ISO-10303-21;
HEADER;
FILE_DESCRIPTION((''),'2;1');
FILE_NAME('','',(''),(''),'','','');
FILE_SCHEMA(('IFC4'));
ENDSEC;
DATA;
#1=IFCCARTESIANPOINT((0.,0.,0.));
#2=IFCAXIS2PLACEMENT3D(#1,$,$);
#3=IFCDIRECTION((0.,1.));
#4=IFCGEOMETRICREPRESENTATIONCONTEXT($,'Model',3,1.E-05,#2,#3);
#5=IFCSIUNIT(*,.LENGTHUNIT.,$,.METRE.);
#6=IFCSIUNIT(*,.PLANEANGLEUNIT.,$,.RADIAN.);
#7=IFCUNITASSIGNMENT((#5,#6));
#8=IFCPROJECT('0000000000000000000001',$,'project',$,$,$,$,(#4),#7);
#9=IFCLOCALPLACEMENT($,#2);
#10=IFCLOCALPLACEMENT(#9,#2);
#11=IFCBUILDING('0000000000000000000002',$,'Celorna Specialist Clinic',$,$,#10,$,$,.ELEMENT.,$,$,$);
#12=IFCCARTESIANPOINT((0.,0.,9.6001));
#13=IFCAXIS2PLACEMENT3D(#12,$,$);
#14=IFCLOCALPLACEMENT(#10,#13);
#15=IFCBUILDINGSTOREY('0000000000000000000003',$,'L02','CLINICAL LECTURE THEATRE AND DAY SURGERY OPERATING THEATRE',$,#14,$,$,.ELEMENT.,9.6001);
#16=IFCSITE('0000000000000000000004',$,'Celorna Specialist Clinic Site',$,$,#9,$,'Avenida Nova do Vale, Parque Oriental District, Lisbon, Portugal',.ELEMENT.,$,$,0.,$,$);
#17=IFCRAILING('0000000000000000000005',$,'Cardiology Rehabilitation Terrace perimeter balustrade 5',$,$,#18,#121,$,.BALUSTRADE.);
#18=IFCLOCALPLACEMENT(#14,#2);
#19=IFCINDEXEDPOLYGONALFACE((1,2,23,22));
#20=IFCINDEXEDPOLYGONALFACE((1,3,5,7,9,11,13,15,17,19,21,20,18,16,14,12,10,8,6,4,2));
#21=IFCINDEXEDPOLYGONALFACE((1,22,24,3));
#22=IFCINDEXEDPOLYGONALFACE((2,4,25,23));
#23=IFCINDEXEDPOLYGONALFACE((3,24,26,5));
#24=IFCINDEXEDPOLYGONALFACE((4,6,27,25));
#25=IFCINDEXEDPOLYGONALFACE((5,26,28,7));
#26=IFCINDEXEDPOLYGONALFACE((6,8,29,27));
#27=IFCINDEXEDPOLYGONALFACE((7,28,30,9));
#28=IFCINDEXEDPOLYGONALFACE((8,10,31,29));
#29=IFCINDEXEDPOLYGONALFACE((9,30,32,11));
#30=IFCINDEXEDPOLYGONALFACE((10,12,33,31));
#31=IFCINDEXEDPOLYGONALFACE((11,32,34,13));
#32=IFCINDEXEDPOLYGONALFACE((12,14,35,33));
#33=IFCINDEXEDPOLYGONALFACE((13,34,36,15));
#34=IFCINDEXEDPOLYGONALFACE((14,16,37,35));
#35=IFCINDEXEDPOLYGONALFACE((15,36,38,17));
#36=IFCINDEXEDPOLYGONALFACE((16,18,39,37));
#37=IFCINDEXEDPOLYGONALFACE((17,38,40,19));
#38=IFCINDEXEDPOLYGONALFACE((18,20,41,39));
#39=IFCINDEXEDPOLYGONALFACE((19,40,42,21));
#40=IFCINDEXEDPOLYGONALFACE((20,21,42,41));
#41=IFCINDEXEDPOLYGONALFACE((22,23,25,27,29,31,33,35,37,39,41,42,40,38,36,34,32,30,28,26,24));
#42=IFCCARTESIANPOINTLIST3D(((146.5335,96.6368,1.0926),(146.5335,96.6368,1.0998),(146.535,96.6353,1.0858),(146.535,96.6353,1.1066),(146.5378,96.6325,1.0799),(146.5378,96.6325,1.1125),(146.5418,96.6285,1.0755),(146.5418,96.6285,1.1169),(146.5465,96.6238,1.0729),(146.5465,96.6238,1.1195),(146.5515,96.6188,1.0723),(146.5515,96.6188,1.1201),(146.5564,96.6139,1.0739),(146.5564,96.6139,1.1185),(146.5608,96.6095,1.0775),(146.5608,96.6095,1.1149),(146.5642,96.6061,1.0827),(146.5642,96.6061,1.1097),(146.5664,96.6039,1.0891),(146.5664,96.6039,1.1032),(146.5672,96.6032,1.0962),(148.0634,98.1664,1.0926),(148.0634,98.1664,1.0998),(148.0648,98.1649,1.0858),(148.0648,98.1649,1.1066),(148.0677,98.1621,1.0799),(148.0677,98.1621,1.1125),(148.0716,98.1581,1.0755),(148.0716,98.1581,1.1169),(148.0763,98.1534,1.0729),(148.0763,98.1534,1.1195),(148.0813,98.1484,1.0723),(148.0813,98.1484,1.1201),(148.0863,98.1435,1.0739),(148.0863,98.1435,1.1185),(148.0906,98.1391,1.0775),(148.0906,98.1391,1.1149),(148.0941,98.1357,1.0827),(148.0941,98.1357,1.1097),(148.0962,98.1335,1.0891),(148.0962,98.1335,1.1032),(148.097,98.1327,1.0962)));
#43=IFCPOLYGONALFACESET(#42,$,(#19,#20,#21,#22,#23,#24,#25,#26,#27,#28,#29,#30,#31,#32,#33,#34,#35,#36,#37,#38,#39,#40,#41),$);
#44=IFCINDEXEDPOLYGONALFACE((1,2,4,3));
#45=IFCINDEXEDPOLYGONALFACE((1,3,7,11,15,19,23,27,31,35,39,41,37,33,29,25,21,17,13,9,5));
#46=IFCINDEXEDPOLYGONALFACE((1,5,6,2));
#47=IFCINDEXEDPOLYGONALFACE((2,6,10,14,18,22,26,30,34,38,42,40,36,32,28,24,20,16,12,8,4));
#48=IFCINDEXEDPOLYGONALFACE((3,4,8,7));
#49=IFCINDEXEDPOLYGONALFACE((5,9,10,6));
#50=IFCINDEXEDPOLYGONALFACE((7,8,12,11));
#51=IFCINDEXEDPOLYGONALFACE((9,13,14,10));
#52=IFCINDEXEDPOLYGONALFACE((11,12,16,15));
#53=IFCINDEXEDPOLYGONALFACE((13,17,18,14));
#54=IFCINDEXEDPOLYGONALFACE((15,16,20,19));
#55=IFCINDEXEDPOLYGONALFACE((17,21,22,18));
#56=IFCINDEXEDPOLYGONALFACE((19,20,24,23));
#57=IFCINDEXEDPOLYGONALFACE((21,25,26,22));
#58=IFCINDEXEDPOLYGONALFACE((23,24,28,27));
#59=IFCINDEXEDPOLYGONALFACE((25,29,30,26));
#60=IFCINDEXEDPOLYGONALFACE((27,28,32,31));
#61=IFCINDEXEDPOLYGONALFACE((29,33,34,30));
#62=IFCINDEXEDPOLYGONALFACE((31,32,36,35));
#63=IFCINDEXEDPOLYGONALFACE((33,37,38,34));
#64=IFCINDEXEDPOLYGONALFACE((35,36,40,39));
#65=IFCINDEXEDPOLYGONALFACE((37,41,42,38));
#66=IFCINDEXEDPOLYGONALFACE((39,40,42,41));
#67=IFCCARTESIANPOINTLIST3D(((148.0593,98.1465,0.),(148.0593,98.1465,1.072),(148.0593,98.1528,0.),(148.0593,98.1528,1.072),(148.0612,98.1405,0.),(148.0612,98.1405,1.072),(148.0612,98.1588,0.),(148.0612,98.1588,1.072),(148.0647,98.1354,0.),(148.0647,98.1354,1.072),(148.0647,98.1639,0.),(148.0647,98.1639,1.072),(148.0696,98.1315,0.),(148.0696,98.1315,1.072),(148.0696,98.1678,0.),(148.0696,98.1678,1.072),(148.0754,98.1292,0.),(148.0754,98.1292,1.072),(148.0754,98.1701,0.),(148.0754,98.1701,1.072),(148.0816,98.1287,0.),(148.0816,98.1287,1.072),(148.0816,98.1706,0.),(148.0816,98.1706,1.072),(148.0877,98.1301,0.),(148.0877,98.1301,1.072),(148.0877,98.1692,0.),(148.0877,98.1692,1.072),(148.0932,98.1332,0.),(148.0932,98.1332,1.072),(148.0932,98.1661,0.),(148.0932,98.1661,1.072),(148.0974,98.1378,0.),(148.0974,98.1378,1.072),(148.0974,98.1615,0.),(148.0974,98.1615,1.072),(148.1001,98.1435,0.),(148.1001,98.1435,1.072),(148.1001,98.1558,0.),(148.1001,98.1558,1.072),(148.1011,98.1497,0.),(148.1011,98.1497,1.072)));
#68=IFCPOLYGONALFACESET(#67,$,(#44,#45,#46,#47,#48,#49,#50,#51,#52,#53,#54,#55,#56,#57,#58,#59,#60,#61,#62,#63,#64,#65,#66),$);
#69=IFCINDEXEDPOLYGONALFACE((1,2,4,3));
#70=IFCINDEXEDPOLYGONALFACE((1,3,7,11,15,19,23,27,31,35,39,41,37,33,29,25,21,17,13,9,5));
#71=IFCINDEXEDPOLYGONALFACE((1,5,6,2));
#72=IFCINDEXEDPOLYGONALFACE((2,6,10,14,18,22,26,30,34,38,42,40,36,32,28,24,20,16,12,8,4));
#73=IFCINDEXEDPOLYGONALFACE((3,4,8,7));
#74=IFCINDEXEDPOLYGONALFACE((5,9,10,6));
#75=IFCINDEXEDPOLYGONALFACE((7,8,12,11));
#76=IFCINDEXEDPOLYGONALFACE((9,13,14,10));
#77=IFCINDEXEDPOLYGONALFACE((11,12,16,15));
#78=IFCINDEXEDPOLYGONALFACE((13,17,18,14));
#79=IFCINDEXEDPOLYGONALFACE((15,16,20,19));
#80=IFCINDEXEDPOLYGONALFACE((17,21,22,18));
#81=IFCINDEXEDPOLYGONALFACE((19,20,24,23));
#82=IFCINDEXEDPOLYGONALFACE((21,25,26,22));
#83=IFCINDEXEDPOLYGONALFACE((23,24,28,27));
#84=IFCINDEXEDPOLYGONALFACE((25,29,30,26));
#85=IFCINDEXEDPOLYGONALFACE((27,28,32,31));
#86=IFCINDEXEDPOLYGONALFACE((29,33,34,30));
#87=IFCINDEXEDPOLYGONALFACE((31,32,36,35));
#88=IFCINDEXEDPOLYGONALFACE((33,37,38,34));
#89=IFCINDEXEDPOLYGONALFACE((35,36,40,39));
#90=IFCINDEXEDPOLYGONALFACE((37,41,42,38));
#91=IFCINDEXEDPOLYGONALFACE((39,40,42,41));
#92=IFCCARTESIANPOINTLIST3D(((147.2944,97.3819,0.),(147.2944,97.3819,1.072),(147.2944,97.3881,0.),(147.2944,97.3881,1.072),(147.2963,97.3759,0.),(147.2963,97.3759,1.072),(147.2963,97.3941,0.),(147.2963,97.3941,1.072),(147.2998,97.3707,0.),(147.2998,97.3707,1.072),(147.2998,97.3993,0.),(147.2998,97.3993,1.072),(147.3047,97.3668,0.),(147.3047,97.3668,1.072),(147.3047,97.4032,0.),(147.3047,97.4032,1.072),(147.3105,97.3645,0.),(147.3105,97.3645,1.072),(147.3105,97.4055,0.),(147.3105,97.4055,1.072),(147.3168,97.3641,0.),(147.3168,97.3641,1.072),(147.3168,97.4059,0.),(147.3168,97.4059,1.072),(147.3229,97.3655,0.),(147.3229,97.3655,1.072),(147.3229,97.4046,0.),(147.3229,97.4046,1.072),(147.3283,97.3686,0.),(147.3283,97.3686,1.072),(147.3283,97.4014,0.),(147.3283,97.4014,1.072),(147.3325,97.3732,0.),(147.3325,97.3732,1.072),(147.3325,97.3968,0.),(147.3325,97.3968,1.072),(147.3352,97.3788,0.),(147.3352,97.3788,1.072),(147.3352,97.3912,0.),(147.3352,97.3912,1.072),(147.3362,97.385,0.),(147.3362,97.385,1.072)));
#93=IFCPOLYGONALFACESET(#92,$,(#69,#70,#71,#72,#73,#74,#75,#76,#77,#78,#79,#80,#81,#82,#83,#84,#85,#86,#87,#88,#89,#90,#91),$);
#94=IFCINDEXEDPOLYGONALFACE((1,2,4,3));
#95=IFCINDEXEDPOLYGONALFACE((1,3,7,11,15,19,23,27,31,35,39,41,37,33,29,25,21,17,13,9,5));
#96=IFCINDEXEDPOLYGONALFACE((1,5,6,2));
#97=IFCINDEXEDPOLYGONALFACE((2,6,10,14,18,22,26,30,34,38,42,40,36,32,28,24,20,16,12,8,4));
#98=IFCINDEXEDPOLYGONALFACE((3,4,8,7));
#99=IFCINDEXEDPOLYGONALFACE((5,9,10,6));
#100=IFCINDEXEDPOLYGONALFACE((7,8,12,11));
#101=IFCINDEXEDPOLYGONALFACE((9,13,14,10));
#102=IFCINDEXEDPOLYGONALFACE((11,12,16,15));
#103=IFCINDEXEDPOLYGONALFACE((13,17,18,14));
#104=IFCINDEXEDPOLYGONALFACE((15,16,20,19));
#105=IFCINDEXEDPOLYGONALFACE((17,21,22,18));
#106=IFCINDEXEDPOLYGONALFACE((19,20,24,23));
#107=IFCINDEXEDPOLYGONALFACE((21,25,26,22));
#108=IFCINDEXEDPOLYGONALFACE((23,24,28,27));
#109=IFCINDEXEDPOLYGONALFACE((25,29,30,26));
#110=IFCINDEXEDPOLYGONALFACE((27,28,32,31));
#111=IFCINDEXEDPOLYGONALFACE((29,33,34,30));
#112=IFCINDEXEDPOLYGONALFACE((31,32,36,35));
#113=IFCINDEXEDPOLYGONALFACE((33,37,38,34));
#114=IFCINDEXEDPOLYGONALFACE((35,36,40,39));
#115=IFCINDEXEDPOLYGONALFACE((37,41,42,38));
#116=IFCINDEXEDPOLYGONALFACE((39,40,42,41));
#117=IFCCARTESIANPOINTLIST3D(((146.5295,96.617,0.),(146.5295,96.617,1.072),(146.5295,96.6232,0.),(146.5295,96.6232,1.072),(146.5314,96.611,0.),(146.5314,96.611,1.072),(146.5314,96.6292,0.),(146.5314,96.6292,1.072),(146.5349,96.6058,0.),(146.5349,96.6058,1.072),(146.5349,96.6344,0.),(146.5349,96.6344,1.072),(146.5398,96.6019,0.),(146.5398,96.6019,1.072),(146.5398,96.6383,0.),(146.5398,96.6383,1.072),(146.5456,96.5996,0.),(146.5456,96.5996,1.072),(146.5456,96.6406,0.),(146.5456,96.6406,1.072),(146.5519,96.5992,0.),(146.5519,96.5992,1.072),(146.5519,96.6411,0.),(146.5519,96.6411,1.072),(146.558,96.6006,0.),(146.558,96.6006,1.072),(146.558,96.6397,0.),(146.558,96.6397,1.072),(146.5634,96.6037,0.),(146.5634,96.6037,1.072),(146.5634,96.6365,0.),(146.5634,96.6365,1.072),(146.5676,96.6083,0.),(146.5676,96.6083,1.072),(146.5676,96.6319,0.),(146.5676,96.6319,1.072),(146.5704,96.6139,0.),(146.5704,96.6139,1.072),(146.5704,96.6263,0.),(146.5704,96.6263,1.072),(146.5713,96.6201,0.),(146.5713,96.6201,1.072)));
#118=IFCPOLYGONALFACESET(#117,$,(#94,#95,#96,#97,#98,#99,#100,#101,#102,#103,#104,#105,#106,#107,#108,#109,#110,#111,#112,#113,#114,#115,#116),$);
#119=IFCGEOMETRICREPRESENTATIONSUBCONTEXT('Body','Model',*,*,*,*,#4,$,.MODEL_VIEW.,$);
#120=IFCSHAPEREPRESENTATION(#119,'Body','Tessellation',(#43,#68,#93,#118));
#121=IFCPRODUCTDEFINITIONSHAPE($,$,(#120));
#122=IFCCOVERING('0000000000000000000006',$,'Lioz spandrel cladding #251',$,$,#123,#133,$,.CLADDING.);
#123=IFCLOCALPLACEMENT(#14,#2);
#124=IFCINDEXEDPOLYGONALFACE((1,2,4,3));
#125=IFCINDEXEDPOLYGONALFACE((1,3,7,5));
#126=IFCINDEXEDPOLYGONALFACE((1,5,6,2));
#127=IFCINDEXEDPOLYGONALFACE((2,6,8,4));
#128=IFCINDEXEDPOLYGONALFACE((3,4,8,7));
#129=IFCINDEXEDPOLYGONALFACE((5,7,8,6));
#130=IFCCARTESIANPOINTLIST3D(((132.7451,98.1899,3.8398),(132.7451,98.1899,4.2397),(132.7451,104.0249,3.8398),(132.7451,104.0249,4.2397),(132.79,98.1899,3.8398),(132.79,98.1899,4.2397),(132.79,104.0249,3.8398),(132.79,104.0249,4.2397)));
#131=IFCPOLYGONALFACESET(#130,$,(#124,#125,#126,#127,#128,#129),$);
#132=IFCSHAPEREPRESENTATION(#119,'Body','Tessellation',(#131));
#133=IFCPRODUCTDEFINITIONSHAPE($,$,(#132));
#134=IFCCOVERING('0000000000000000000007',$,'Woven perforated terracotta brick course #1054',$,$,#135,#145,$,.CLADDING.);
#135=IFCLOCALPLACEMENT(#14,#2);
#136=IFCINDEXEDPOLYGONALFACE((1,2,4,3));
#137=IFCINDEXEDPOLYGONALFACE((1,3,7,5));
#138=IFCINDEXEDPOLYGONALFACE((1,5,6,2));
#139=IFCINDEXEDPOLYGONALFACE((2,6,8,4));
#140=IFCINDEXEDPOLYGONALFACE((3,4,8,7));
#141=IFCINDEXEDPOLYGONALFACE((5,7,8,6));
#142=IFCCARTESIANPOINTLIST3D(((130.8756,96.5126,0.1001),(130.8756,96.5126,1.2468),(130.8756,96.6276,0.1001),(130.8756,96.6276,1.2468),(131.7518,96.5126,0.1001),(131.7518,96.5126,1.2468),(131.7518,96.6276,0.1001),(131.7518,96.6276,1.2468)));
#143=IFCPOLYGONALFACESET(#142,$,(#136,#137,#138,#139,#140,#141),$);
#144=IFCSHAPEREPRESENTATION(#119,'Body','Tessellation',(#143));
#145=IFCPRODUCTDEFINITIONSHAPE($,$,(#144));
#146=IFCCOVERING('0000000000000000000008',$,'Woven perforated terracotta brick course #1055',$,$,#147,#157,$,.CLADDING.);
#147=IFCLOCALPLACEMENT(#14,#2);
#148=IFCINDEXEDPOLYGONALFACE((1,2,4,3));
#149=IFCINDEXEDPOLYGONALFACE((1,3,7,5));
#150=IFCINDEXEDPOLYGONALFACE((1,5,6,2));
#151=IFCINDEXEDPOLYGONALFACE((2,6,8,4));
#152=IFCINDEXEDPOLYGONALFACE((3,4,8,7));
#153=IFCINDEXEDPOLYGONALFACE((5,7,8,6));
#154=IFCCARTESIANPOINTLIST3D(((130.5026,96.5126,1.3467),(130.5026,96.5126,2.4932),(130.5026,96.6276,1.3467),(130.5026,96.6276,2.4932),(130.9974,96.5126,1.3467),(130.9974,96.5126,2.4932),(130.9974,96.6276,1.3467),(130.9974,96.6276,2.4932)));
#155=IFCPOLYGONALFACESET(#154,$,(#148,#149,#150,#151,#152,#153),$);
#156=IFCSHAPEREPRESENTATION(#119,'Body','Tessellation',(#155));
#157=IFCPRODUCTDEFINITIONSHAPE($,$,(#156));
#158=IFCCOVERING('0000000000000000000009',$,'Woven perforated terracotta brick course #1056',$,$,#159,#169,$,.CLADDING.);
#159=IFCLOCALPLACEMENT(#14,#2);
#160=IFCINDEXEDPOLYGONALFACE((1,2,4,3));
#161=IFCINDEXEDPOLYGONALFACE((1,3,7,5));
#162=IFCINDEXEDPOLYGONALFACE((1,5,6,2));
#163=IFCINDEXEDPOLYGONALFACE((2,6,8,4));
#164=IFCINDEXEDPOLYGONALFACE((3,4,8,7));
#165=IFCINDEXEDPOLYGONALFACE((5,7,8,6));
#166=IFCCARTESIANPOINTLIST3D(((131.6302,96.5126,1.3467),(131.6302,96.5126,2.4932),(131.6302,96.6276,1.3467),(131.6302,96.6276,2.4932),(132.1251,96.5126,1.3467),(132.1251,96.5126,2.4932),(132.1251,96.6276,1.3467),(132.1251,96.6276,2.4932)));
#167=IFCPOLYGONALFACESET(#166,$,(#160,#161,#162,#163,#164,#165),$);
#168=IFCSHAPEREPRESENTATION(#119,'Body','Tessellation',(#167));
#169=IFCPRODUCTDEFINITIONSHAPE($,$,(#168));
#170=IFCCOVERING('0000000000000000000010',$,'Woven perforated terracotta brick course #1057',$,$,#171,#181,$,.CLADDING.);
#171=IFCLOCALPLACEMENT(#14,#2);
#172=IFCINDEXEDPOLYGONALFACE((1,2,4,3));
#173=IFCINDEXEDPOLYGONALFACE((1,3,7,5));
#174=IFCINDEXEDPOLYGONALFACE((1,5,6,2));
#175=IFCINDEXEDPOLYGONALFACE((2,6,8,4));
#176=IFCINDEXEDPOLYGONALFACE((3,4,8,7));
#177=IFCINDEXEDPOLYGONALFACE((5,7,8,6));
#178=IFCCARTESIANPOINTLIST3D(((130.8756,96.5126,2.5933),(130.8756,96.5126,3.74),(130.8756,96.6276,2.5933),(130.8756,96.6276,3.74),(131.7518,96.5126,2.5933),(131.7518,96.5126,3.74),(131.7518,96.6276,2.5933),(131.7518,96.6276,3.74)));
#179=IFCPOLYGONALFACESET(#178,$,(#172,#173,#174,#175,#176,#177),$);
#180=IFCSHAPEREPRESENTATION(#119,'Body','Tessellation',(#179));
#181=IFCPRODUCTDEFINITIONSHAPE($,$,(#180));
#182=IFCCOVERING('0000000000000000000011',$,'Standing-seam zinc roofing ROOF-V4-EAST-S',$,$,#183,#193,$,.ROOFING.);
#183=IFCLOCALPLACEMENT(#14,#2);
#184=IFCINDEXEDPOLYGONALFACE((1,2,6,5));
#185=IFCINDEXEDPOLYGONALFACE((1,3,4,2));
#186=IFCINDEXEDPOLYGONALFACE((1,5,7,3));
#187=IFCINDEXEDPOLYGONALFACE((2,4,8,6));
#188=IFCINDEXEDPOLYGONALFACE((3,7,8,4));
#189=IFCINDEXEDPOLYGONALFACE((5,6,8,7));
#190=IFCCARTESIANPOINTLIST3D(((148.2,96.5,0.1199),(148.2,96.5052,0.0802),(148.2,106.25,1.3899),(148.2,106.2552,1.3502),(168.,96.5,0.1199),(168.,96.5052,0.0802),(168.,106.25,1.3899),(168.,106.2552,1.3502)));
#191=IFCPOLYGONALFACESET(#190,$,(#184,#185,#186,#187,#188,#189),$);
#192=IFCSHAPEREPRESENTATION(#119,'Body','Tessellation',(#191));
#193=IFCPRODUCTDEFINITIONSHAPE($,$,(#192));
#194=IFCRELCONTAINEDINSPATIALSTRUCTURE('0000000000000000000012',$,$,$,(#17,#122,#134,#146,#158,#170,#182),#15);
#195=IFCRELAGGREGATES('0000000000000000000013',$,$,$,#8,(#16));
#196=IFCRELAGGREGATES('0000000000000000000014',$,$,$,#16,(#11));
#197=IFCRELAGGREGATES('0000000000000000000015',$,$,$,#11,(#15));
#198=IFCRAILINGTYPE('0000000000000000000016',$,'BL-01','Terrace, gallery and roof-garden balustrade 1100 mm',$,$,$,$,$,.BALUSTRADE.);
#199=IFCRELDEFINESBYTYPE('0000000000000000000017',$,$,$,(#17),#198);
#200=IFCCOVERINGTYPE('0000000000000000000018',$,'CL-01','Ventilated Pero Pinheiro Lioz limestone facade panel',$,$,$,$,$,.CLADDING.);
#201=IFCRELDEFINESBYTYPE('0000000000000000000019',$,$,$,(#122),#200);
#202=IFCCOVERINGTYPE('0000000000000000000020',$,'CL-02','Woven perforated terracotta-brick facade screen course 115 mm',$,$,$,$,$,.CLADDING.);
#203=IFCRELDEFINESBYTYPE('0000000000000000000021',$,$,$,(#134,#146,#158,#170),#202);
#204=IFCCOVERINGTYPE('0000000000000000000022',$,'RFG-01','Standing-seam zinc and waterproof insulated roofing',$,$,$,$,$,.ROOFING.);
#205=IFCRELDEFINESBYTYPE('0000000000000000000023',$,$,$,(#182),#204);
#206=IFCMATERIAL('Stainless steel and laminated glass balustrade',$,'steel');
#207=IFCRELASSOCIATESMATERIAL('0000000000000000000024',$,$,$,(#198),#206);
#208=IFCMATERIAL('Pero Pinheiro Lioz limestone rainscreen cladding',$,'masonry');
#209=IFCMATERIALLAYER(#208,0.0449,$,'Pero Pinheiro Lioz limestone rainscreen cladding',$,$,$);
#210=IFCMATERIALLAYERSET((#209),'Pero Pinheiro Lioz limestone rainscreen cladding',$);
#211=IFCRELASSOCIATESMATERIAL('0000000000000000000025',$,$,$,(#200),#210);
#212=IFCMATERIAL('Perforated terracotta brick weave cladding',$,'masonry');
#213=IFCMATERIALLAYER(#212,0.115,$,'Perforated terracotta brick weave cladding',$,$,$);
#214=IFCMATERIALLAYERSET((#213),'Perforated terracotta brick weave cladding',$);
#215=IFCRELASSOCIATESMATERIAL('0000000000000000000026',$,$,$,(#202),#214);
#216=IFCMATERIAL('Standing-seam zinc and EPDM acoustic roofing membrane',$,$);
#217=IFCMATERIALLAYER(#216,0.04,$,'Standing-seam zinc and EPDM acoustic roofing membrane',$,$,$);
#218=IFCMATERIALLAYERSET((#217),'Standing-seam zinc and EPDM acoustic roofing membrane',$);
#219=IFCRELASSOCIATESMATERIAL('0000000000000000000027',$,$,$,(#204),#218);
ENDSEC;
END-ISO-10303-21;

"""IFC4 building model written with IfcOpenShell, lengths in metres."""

from ifc_helpers import new_model, si_unit, direction, frame, origin, origin_2d, place, context, subcontext, project, spatial, polyline, rectangle, circle, outline, extrude, material, layer, layer_set, type_object, element, save


model = new_model("IFC4")

# Units and contexts
model_context = context("Model", 3, precision=1e-05, world=origin(), true_north=direction((0.0, 1.0)))
body_context = subcontext(model_context, "Body", "Model", "MODEL_VIEW")
ifc_project = project(units=[si_unit("LENGTHUNIT", "METRE"), si_unit("PLANEANGLEUNIT", "RADIAN")], contexts=[model_context])

# Site, building, storey
site_placement = place(None, origin())
site = spatial("IfcSite", under=ifc_project, at=site_placement, Name="Celorna Specialist Clinic Site", LongName="Avenida Nova do Vale, Parque Oriental District, Lisbon, Portugal", CompositionType="ELEMENT", RefElevation=0.0)
building_placement = place(site_placement, origin())
building = spatial("IfcBuilding", under=site, at=building_placement, Name="Celorna Specialist Clinic", CompositionType="ELEMENT")
storey_placement = place(building_placement, frame((0.0, 0.0, 9.6001)))
storey = spatial("IfcBuildingStorey", under=building, at=storey_placement, Name="L02", Description="CLINICAL LECTURE THEATRE AND DAY SURGERY OPERATING THEATRE", CompositionType="ELEMENT", Elevation=9.6001)

# Railing
ifc_material_1 = material(Name="Stainless steel and laminated glass balustrade", Category="steel")
railing_type = type_object("IfcRailingType", Name="BL-01", Description="Terrace, gallery and roof-garden balustrade 1100 mm", PredefinedType="BALUSTRADE", material=ifc_material_1)
railing_1_placement = place(storey_placement, frame((148.0801, 98.1497, 0.0)))
element("IfcRailing", 1, at=railing_1_placement, inside=storey, type_object=railing_type, Name="Cardiology Rehabilitation Terrace perimeter balustrade 5", PredefinedType="BALUSTRADE", context=body_context, shape_type="SweptSolid", body=[
    extrude(circle(Radius=0.0239, at=origin_2d()), frame((0.0, 0.0, 1.0962), z_axis=(-0.707163, -0.70705, 0.0), x_axis=(0.70705, -0.707163, 0.0)), (0.0, 0.0, 1.0), 2.1633),
    extrude(circle(Radius=0.021, at=origin_2d()), origin(), (0.0, 0.0, 1.0), 1.072),
    extrude(circle(Radius=0.021, at=origin_2d()), frame((-0.7649, -0.7646, 0.0)), (0.0, 0.0, 1.0), 1.072),
    extrude(circle(Radius=0.021, at=origin_2d()), frame((-1.5298, -1.5295, 0.0)), (0.0, 0.0, 1.0), 1.072),
])

# Coverings
ifc_material_2 = material(Name="Pero Pinheiro Lioz limestone rainscreen cladding", Category="masonry")
ifc_layer_1 = layer(ifc_material_2, 0.0449, Name="Pero Pinheiro Lioz limestone rainscreen cladding")
ifc_layer_set_1 = layer_set([ifc_layer_1], Name="Pero Pinheiro Lioz limestone rainscreen cladding")
covering_type_1 = type_object("IfcCoveringType", Name="CL-01", Description="Ventilated Pero Pinheiro Lioz limestone facade panel", PredefinedType="CLADDING", material=ifc_layer_set_1)
covering_1_placement = place(storey_placement, frame((132.7676, 101.1074, 3.8398), z_axis=(0.0, 0.0, 1.0), x_axis=(0.0, -1.0, 0.0)))
element("IfcCovering", 2, at=covering_1_placement, inside=storey, type_object=covering_type_1, Name="Lioz spandrel cladding #251", PredefinedType="CLADDING", context=body_context, shape_type="SweptSolid", body=[
    extrude(rectangle(XDim=5.835, YDim=0.0449, at=origin_2d()), origin(), (0.0, 0.0, 1.0), 0.3999),
])
ifc_material_3 = material(Name="Perforated terracotta brick weave cladding", Category="masonry")
ifc_layer_2 = layer(ifc_material_3, 0.115, Name="Perforated terracotta brick weave cladding")
ifc_layer_set_2 = layer_set([ifc_layer_2], Name="Perforated terracotta brick weave cladding")
covering_type_2 = type_object("IfcCoveringType", Name="CL-02", Description="Woven perforated terracotta-brick facade screen course 115 mm", PredefinedType="CLADDING", material=ifc_layer_set_2)
covering_2_placement = place(storey_placement, frame((131.3137, 96.5701, 0.1001), z_axis=(0.0, 0.0, 1.0), x_axis=(1.0, 0.0, 0.0)))
element("IfcCovering", 3, at=covering_2_placement, inside=storey, type_object=covering_type_2, Name="Woven perforated terracotta brick course #1054", PredefinedType="CLADDING", context=body_context, shape_type="SweptSolid", body=[
    extrude(rectangle(XDim=0.8762, YDim=0.115, at=origin_2d()), origin(), (0.0, 0.0, 1.0), 1.1467),
])
for number, where, z_axis, x_axis, name in (
    (4, (130.75, 96.5701, 1.3467), (0.0, 0.0, 1.0), (1.0, 0.0, 0.0), "Woven perforated terracotta brick course #1055"),
    (5, (131.8777, 96.5701, 1.3467), (0.0, 0.0, 1.0), (1.0, 0.0, 0.0), "Woven perforated terracotta brick course #1056"),
):
    element("IfcCovering", number, at=place(storey_placement, frame(where, z_axis=z_axis, x_axis=x_axis)), inside=storey, type_object=covering_type_2, Name=name, PredefinedType="CLADDING", context=body_context, shape_type="SweptSolid", body=[
        extrude(rectangle(XDim=0.4949, YDim=0.115, at=origin_2d()), origin(), (0.0, 0.0, 1.0), 1.1465),
    ])
covering_3_placement = place(storey_placement, frame((131.3137, 96.5701, 2.5933), z_axis=(0.0, 0.0, 1.0), x_axis=(1.0, 0.0, 0.0)))
element("IfcCovering", 6, at=covering_3_placement, inside=storey, type_object=covering_type_2, Name="Woven perforated terracotta brick course #1057", PredefinedType="CLADDING", context=body_context, shape_type="SweptSolid", body=[
    extrude(rectangle(XDim=0.8762, YDim=0.115, at=origin_2d()), origin(), (0.0, 0.0, 1.0), 1.1467),
])
ifc_material_4 = material(Name="Standing-seam zinc and EPDM acoustic roofing membrane")
ifc_layer_3 = layer(ifc_material_4, 0.04, Name="Standing-seam zinc and EPDM acoustic roofing membrane")
ifc_layer_set_3 = layer_set([ifc_layer_3], Name="Standing-seam zinc and EPDM acoustic roofing membrane")
covering_type_3 = type_object("IfcCoveringType", Name="RFG-01", Description="Standing-seam zinc and waterproof insulated roofing", PredefinedType="ROOFING", material=ifc_layer_set_3)
covering_4_placement = place(storey_placement, frame((148.2, 96.5, 0.1199), z_axis=(0.0, -0.129167, 0.991623), x_axis=(1.0, 0.0, 0.0)))
element("IfcCovering", 7, at=covering_4_placement, inside=storey, type_object=covering_type_3, Name="Standing-seam zinc roofing ROOF-V4-EAST-S", PredefinedType="ROOFING", context=body_context, shape_type="SweptSolid", body=[
    extrude(outline(polyline([(0.0, 0.0), (19.8, 0.0), (19.8, 9.8324), (0.0, 9.8324), (0.0, 0.0)])), origin(), (0.0, 0.0, -1.0), 0.04),
])

save(model, "model.ifc")
